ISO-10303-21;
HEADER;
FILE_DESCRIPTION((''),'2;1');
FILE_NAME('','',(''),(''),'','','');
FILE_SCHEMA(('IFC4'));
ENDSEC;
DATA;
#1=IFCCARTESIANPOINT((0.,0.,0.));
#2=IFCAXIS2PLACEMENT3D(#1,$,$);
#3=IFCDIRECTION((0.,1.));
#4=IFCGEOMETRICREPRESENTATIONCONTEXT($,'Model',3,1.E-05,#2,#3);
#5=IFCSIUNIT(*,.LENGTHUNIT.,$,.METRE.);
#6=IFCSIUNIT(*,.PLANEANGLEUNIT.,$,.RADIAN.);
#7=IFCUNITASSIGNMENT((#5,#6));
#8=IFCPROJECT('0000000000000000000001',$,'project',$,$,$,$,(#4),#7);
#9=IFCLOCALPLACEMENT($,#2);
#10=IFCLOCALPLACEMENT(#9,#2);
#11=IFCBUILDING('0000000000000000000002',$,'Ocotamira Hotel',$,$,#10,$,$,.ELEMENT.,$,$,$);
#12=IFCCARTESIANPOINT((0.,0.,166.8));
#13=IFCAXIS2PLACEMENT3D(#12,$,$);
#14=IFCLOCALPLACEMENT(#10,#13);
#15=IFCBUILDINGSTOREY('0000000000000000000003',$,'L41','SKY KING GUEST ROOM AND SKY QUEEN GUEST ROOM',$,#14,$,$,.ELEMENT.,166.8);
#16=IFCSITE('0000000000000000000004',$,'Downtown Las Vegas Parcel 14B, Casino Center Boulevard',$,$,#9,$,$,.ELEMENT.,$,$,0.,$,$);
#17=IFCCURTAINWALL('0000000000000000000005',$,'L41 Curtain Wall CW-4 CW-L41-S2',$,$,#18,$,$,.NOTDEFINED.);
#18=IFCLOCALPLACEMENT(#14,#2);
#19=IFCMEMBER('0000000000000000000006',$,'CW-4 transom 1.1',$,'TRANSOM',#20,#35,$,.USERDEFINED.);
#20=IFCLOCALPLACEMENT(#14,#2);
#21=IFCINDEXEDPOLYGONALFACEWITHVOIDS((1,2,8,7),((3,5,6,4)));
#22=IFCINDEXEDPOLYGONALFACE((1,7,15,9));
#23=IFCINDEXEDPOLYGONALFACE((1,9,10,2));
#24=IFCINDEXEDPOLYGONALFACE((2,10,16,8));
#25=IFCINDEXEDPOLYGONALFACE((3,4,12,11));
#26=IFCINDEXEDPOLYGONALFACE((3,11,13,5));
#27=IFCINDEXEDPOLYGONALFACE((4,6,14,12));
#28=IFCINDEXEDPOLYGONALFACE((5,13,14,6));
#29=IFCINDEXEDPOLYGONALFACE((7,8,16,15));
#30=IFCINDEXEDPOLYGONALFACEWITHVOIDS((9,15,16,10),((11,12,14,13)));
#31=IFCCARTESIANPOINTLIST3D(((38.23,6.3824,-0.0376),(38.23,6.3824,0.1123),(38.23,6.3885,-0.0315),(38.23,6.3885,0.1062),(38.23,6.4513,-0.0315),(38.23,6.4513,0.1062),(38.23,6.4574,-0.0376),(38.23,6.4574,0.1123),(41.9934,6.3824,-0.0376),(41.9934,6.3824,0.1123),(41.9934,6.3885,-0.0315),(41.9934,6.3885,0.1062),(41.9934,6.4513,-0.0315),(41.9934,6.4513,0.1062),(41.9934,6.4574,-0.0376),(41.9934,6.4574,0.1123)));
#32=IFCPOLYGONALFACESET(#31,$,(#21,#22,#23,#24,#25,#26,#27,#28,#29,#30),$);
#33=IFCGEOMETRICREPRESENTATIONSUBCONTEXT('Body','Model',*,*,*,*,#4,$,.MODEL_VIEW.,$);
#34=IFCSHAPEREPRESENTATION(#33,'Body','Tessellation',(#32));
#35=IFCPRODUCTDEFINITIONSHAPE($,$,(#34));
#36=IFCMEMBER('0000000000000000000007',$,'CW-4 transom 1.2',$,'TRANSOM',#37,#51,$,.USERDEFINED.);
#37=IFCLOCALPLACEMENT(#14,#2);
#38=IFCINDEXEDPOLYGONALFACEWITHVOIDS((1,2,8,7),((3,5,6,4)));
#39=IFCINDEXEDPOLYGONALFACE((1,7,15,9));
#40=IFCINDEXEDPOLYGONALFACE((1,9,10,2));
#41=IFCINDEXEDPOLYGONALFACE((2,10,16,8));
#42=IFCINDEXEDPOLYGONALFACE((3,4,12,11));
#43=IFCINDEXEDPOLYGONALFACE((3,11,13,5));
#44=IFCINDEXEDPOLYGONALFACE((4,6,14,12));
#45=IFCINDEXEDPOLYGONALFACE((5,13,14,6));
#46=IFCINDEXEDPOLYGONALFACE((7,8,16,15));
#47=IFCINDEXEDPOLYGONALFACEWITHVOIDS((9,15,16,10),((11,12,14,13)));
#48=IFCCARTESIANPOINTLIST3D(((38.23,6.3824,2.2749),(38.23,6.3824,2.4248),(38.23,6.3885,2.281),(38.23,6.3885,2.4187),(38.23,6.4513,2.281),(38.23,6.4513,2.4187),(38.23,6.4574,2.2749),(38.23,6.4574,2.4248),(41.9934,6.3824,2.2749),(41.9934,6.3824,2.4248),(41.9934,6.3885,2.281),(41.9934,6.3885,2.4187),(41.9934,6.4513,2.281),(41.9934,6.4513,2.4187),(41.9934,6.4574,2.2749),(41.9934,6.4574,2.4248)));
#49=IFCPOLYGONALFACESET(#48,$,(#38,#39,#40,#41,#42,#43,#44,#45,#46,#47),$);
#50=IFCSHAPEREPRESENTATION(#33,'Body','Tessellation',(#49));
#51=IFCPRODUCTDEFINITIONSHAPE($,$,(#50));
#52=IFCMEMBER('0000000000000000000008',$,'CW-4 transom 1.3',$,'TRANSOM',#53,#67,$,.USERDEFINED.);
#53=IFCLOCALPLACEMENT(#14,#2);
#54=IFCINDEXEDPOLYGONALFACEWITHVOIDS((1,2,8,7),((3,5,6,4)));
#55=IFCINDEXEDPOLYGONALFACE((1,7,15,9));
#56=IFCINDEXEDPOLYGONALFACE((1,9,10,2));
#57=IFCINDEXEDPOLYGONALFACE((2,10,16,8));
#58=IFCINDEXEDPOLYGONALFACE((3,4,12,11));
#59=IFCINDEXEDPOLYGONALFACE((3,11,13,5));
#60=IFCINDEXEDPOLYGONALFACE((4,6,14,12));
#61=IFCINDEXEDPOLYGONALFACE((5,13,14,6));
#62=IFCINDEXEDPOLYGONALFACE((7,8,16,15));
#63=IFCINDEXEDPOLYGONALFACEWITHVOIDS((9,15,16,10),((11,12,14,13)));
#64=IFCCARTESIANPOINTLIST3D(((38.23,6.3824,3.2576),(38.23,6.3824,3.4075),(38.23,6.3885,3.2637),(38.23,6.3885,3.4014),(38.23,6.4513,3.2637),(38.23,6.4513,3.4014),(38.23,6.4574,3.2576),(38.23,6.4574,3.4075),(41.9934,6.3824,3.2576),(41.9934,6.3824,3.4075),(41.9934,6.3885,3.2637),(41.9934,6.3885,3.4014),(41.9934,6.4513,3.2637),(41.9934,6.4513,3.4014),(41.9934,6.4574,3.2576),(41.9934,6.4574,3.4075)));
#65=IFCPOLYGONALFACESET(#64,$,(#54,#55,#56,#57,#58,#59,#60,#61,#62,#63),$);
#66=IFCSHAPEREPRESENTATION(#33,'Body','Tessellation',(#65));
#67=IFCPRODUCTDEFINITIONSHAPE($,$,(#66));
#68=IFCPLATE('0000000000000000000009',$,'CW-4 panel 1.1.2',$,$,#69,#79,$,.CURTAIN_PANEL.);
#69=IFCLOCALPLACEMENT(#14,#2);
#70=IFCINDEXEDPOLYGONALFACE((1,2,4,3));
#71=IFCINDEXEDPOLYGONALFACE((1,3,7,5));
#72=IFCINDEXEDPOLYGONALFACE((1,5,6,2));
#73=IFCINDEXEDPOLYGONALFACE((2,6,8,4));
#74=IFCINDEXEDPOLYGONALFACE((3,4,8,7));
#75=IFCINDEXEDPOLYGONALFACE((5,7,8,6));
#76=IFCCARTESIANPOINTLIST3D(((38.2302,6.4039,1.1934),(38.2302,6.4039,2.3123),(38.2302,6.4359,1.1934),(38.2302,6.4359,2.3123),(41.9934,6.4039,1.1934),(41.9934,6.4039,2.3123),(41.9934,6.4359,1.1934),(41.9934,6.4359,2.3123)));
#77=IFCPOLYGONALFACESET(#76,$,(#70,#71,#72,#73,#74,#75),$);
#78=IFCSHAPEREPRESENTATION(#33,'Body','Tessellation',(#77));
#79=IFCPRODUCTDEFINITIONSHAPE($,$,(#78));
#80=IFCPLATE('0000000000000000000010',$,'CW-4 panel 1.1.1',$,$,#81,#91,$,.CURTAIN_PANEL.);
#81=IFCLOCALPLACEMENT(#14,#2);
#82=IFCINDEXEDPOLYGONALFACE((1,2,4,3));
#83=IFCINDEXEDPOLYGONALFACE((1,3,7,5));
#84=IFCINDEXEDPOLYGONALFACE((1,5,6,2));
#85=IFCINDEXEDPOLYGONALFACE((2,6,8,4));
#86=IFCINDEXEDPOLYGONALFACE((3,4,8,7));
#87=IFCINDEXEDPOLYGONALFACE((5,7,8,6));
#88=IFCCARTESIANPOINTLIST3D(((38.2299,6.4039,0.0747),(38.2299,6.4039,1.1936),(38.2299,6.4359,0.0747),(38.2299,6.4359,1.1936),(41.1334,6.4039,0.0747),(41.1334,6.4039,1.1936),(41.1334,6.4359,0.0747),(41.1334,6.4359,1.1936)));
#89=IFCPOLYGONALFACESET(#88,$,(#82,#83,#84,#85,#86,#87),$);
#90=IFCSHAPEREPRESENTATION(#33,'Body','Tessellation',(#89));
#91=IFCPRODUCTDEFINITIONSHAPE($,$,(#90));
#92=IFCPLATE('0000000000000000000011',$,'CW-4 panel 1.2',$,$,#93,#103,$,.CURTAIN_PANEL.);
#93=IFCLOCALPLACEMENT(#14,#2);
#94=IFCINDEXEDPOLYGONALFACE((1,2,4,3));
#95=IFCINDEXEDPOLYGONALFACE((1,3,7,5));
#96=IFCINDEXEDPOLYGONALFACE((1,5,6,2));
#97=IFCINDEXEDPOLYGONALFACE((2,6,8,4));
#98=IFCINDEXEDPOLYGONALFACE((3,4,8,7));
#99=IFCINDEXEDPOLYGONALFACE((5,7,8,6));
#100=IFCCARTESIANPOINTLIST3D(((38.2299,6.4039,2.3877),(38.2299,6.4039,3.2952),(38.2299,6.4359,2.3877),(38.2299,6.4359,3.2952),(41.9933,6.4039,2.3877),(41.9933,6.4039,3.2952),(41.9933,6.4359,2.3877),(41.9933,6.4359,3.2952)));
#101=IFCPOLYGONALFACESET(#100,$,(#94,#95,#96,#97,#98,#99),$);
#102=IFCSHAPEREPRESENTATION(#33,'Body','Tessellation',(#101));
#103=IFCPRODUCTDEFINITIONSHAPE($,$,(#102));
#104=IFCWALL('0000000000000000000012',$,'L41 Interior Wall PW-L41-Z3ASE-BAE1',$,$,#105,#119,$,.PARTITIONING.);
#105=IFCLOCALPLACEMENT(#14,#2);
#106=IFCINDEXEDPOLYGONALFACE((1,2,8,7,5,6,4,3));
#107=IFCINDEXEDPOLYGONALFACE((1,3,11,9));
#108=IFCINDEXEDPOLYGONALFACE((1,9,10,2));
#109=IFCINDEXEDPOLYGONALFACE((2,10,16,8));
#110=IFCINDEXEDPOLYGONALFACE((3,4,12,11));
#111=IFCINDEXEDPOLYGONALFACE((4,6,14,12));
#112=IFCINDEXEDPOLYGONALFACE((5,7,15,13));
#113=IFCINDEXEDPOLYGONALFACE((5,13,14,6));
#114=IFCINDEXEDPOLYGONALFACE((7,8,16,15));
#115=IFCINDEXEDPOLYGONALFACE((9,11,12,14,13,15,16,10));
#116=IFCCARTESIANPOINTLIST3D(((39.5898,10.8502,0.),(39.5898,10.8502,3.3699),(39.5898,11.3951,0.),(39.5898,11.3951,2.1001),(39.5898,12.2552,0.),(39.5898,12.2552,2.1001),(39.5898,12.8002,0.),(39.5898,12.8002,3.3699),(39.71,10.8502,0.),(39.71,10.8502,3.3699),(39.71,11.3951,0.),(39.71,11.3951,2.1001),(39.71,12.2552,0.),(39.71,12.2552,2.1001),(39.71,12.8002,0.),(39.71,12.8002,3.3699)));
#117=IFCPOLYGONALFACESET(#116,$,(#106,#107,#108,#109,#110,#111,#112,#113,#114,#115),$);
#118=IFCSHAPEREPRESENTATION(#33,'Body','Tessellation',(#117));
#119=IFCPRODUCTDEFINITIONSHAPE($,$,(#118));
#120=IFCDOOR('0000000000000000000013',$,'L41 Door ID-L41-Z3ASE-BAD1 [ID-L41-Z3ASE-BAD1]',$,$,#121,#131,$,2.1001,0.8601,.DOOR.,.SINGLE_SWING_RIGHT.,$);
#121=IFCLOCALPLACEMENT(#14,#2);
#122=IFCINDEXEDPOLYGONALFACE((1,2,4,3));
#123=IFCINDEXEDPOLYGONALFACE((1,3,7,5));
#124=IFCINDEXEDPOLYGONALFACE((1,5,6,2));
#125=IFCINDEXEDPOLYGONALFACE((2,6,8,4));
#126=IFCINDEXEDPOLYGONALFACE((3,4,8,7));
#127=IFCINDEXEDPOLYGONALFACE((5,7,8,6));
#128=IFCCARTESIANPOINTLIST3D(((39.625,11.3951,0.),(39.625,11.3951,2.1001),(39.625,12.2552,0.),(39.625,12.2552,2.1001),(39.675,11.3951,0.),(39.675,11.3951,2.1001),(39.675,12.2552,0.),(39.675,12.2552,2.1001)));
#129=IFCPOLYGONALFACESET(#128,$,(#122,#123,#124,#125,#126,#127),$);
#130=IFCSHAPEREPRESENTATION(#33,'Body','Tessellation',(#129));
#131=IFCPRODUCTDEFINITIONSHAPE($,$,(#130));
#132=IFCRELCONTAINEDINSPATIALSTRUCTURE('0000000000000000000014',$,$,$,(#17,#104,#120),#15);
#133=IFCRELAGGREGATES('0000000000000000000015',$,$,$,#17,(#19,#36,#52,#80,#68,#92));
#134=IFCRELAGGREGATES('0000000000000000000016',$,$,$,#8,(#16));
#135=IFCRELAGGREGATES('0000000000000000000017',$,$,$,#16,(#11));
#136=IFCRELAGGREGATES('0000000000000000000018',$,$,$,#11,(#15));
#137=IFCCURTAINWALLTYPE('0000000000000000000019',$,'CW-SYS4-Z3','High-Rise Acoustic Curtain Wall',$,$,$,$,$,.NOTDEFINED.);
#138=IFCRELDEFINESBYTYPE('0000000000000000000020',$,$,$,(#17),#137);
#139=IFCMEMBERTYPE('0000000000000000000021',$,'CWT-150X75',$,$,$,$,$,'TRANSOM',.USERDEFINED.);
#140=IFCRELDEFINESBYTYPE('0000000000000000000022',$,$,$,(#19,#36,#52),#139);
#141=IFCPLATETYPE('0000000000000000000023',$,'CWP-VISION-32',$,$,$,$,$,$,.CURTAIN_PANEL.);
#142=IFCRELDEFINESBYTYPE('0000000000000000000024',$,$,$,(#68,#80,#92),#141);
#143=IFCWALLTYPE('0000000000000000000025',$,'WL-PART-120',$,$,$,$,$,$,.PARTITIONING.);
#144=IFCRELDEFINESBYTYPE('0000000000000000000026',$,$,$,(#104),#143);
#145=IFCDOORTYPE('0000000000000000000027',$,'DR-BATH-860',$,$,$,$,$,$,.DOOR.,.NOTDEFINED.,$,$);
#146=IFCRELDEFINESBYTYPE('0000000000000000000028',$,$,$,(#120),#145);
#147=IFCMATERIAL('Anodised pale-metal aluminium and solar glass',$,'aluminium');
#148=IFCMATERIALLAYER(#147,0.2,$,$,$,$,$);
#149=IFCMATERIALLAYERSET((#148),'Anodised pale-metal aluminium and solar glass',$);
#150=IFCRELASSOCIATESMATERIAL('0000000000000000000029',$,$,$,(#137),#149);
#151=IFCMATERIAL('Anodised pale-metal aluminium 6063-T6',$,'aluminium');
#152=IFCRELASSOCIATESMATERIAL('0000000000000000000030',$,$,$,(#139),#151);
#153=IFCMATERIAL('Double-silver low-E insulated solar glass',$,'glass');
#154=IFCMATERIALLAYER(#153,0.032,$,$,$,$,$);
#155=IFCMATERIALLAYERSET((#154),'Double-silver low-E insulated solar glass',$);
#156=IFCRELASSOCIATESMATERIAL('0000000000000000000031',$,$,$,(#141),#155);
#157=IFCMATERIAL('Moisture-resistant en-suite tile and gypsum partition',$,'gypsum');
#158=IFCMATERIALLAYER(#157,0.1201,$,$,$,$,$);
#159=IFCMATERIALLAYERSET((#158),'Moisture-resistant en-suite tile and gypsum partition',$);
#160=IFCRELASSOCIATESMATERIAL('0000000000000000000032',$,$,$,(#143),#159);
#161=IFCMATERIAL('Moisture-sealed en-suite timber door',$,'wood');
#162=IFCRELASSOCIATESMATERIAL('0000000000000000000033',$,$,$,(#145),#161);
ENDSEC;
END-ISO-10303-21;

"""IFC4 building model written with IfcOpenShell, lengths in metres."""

from ifc_helpers import new_model, si_unit, direction, frame, frame_2d, origin, origin_2d, place, context, subcontext, project, spatial, rectangle, hollow_rectangle, extrude, source, transform, mapped, material, layer, layer_set, material_profile, profile_set, type_object, element, fill, aggregate, save


model = new_model("IFC4")

# Units and contexts
model_context = context("Model", 3, precision=1e-05, world=origin(), true_north=direction((0.0, 1.0)))
body_context = subcontext(model_context, "Body", "Model", "MODEL_VIEW")
ifc_project = project(units=[si_unit("LENGTHUNIT", "METRE"), si_unit("PLANEANGLEUNIT", "RADIAN")], contexts=[model_context])

# Site, building, storey
site_placement = place(None, origin())
site = spatial("IfcSite", under=ifc_project, at=site_placement, Name="Downtown Las Vegas Parcel 14B, Casino Center Boulevard", CompositionType="ELEMENT", RefElevation=0.0)
building_placement = place(site_placement, origin())
building = spatial("IfcBuilding", under=site, at=building_placement, Name="Ocotamira Hotel", CompositionType="ELEMENT")
storey_placement = place(building_placement, frame((0.0, 0.0, 166.8)))
storey = spatial("IfcBuildingStorey", under=building, at=storey_placement, Name="L41", Description="SKY KING GUEST ROOM AND SKY QUEEN GUEST ROOM", CompositionType="ELEMENT", Elevation=166.8)

# Curtain wall, members, plates
ifc_material_1 = material(Name="Anodised pale-metal aluminium and solar glass", Category="aluminium")
ifc_layer_1 = layer(ifc_material_1, 0.2)
ifc_layer_set_1 = layer_set([ifc_layer_1], Name="Anodised pale-metal aluminium and solar glass")
curtain_wall_type = type_object("IfcCurtainWallType", Name="CW-SYS4-Z3", Description="High-Rise Acoustic Curtain Wall", PredefinedType="NOTDEFINED", material=ifc_layer_set_1)
curtain_wall_placement = place(storey_placement, origin())
curtain_wall = element("IfcCurtainWall", 1, at=curtain_wall_placement, inside=storey, type_object=curtain_wall_type, Name="L41 Curtain Wall CW-4 CW-L41-S2", PredefinedType="NOTDEFINED")
ifc_material_2 = material(Name="Anodised pale-metal aluminium 6063-T6", Category="aluminium")
ifc_material_profile_1 = material_profile(ifc_material_2, hollow_rectangle(XDim=0.075, YDim=0.1499, WallThickness=0.0061, at=origin_2d()), Name="HSS150X75X6")
ifc_profile_set_1 = profile_set([ifc_material_profile_1], Name="Anodised pale-metal aluminium 6063-T6")
member_type_1 = type_object("IfcMemberType", Name="CWT-150X75", ElementType="TRANSOM", PredefinedType="USERDEFINED", material=ifc_profile_set_1)
shared_shape_1 = source(origin(), body_context, "Body", "SweptSolid", [
    extrude(hollow_rectangle(XDim=0.075, YDim=0.1499, WallThickness=0.0061, at=origin_2d()), origin(), (0.0, 0.0, 1.0), 3.7634),
])
member_1_placement = place(storey_placement, frame((38.23, 6.4199, 0.0374), z_axis=(1.0, 0.0, 0.0), x_axis=(0.0, 1.0, 0.0)))
member_1 = element("IfcMember", 2, at=member_1_placement, type_object=member_type_1, Name="CW-4 transom 1.1", ObjectType="TRANSOM", PredefinedType="USERDEFINED", context=body_context, shape_type="MappedRepresentation", body=[
    mapped(shared_shape_1, transform((0.0, 0.0, 0.0), scale=1.0)),
])
member_2_placement = place(storey_placement, frame((38.23, 6.4199, 2.3499), z_axis=(1.0, 0.0, 0.0), x_axis=(0.0, 1.0, 0.0)))
member_2 = element("IfcMember", 3, at=member_2_placement, type_object=member_type_1, Name="CW-4 transom 1.2", ObjectType="TRANSOM", PredefinedType="USERDEFINED", context=body_context, shape_type="MappedRepresentation", body=[
    mapped(shared_shape_1, transform((0.0, 0.0, 0.0), scale=1.0)),
])
member_3_placement = place(storey_placement, frame((38.23, 6.4199, 3.3325), z_axis=(1.0, 0.0, 0.0), x_axis=(0.0, 1.0, 0.0)))
member_3 = element("IfcMember", 4, at=member_3_placement, type_object=member_type_1, Name="CW-4 transom 1.3", ObjectType="TRANSOM", PredefinedType="USERDEFINED", context=body_context, shape_type="MappedRepresentation", body=[
    mapped(shared_shape_1, transform((0.0, 0.0, 0.0), scale=1.0)),
])
ifc_material_3 = material(Name="Double-silver low-E insulated solar glass", Category="glass")
ifc_layer_2 = layer(ifc_material_3, 0.032)
ifc_layer_set_2 = layer_set([ifc_layer_2], Name="Double-silver low-E insulated solar glass")
plate_type = type_object("IfcPlateType", Name="CWP-VISION-32", PredefinedType="CURTAIN_PANEL", material=ifc_layer_set_2)
shared_shape_2 = source(origin(), body_context, "Body", "SweptSolid", [
    extrude(rectangle(XDim=3.7632, YDim=0.032, at=origin_2d()), origin(), (0.0, 0.0, 1.0), 1.1189),
])
plate_1_placement = place(storey_placement, frame((40.1118, 6.4199, 1.1934), z_axis=(0.0, 0.0, 1.0), x_axis=(1.0, 0.0, 0.0)))
plate_1 = element("IfcPlate", 5, at=plate_1_placement, type_object=plate_type, Name="CW-4 panel 1.1.2", PredefinedType="CURTAIN_PANEL", context=body_context, shape_type="MappedRepresentation", body=[
    mapped(shared_shape_2, transform((0.0, 0.0, 0.0), scale=1.0)),
])
shared_shape_3 = source(origin(), body_context, "Body", "SweptSolid", [
    extrude(rectangle(XDim=2.9036, YDim=0.032, at=origin_2d()), origin(), (0.0, 0.0, 1.0), 1.1189),
])
plate_2_placement = place(storey_placement, frame((39.6816, 6.4199, 0.0747), z_axis=(0.0, 0.0, 1.0), x_axis=(1.0, 0.0, 0.0)))
plate_2 = element("IfcPlate", 6, at=plate_2_placement, type_object=plate_type, Name="CW-4 panel 1.1.1", PredefinedType="CURTAIN_PANEL", context=body_context, shape_type="MappedRepresentation", body=[
    mapped(shared_shape_3, transform((0.0, 0.0, 0.0), scale=1.0)),
])
shared_shape_4 = source(origin(), body_context, "Body", "SweptSolid", [
    extrude(rectangle(XDim=3.7634, YDim=0.032, at=origin_2d()), origin(), (0.0, 0.0, 1.0), 0.9075),
])
plate_3_placement = place(storey_placement, frame((40.1116, 6.4199, 2.3877), z_axis=(0.0, 0.0, 1.0), x_axis=(1.0, 0.0, 0.0)))
plate_3 = element("IfcPlate", 7, at=plate_3_placement, type_object=plate_type, Name="CW-4 panel 1.2", PredefinedType="CURTAIN_PANEL", context=body_context, shape_type="MappedRepresentation", body=[
    mapped(shared_shape_4, transform((0.0, 0.0, 0.0), scale=1.0)),
])
aggregate(curtain_wall, [member_1, member_2, member_3, plate_2, plate_1, plate_3])

# Wall, opening, door
ifc_material_4 = material(Name="Moisture-resistant en-suite tile and gypsum partition", Category="gypsum")
ifc_layer_3 = layer(ifc_material_4, 0.1201)
ifc_layer_set_3 = layer_set([ifc_layer_3], Name="Moisture-resistant en-suite tile and gypsum partition")
wall_type = type_object("IfcWallType", Name="WL-PART-120", PredefinedType="PARTITIONING", material=ifc_layer_set_3)
wall_placement = place(storey_placement, frame((39.6499, 10.8501, 0.0), z_axis=(0.0, 0.0, 1.0), x_axis=(0.0, 1.0, 0.0)))
wall = element("IfcWall", 8, at=wall_placement, inside=storey, type_object=wall_type, Name="L41 Interior Wall PW-L41-Z3ASE-BAE1", PredefinedType="PARTITIONING", context=body_context, shape_type="SweptSolid", body=[
    extrude(rectangle(XDim=1.95, YDim=0.1201, at=frame_2d((0.9751, 0.0))), origin(), (0.0, 0.0, 1.0), 3.3699),
])
opening_placement = place(wall_placement, frame((0.5449, 0.0, 0.0)))
opening = element("IfcOpeningElement", 9, at=opening_placement, cuts=wall, PredefinedType="OPENING", context=body_context, shape_type="SweptSolid", body=[
    extrude(rectangle(XDim=0.8601, YDim=2.1001, at=frame_2d((0.4302, 1.05))), frame((0.0, 0.0701, 0.0), z_axis=(0.0, -1.0, 0.0), x_axis=(1.0, 0.0, 0.0)), (0.0, 0.0, 1.0), 0.1401),
])
ifc_material_5 = material(Name="Moisture-sealed en-suite timber door", Category="wood")
door_type = type_object("IfcDoorType", Name="DR-BATH-860", OperationType="NOTDEFINED", PredefinedType="DOOR", material=ifc_material_5)
shared_shape_5 = source(origin(), body_context, "Body", "SweptSolid", [
    extrude(rectangle(XDim=0.8601, YDim=2.1001, at=frame_2d((0.4302, 1.05))), frame((0.0, 0.0249, 0.0), z_axis=(0.0, -1.0, 0.0), x_axis=(1.0, 0.0, 0.0)), (0.0, 0.0, 1.0), 0.05),
])
door_placement = place(opening_placement, origin())
door = element("IfcDoor", 10, at=door_placement, inside=storey, type_object=door_type, Name="L41 Door ID-L41-Z3ASE-BAD1 [ID-L41-Z3ASE-BAD1]", OperationType="SINGLE_SWING_RIGHT", OverallHeight=2.1001, OverallWidth=0.8601, PredefinedType="DOOR", context=body_context, shape_type="MappedRepresentation", body=[
    mapped(shared_shape_5, transform((0.0, 0.0, 0.0), scale=1.0)),
])
fill(opening, door)

save(model, "model.ifc")
